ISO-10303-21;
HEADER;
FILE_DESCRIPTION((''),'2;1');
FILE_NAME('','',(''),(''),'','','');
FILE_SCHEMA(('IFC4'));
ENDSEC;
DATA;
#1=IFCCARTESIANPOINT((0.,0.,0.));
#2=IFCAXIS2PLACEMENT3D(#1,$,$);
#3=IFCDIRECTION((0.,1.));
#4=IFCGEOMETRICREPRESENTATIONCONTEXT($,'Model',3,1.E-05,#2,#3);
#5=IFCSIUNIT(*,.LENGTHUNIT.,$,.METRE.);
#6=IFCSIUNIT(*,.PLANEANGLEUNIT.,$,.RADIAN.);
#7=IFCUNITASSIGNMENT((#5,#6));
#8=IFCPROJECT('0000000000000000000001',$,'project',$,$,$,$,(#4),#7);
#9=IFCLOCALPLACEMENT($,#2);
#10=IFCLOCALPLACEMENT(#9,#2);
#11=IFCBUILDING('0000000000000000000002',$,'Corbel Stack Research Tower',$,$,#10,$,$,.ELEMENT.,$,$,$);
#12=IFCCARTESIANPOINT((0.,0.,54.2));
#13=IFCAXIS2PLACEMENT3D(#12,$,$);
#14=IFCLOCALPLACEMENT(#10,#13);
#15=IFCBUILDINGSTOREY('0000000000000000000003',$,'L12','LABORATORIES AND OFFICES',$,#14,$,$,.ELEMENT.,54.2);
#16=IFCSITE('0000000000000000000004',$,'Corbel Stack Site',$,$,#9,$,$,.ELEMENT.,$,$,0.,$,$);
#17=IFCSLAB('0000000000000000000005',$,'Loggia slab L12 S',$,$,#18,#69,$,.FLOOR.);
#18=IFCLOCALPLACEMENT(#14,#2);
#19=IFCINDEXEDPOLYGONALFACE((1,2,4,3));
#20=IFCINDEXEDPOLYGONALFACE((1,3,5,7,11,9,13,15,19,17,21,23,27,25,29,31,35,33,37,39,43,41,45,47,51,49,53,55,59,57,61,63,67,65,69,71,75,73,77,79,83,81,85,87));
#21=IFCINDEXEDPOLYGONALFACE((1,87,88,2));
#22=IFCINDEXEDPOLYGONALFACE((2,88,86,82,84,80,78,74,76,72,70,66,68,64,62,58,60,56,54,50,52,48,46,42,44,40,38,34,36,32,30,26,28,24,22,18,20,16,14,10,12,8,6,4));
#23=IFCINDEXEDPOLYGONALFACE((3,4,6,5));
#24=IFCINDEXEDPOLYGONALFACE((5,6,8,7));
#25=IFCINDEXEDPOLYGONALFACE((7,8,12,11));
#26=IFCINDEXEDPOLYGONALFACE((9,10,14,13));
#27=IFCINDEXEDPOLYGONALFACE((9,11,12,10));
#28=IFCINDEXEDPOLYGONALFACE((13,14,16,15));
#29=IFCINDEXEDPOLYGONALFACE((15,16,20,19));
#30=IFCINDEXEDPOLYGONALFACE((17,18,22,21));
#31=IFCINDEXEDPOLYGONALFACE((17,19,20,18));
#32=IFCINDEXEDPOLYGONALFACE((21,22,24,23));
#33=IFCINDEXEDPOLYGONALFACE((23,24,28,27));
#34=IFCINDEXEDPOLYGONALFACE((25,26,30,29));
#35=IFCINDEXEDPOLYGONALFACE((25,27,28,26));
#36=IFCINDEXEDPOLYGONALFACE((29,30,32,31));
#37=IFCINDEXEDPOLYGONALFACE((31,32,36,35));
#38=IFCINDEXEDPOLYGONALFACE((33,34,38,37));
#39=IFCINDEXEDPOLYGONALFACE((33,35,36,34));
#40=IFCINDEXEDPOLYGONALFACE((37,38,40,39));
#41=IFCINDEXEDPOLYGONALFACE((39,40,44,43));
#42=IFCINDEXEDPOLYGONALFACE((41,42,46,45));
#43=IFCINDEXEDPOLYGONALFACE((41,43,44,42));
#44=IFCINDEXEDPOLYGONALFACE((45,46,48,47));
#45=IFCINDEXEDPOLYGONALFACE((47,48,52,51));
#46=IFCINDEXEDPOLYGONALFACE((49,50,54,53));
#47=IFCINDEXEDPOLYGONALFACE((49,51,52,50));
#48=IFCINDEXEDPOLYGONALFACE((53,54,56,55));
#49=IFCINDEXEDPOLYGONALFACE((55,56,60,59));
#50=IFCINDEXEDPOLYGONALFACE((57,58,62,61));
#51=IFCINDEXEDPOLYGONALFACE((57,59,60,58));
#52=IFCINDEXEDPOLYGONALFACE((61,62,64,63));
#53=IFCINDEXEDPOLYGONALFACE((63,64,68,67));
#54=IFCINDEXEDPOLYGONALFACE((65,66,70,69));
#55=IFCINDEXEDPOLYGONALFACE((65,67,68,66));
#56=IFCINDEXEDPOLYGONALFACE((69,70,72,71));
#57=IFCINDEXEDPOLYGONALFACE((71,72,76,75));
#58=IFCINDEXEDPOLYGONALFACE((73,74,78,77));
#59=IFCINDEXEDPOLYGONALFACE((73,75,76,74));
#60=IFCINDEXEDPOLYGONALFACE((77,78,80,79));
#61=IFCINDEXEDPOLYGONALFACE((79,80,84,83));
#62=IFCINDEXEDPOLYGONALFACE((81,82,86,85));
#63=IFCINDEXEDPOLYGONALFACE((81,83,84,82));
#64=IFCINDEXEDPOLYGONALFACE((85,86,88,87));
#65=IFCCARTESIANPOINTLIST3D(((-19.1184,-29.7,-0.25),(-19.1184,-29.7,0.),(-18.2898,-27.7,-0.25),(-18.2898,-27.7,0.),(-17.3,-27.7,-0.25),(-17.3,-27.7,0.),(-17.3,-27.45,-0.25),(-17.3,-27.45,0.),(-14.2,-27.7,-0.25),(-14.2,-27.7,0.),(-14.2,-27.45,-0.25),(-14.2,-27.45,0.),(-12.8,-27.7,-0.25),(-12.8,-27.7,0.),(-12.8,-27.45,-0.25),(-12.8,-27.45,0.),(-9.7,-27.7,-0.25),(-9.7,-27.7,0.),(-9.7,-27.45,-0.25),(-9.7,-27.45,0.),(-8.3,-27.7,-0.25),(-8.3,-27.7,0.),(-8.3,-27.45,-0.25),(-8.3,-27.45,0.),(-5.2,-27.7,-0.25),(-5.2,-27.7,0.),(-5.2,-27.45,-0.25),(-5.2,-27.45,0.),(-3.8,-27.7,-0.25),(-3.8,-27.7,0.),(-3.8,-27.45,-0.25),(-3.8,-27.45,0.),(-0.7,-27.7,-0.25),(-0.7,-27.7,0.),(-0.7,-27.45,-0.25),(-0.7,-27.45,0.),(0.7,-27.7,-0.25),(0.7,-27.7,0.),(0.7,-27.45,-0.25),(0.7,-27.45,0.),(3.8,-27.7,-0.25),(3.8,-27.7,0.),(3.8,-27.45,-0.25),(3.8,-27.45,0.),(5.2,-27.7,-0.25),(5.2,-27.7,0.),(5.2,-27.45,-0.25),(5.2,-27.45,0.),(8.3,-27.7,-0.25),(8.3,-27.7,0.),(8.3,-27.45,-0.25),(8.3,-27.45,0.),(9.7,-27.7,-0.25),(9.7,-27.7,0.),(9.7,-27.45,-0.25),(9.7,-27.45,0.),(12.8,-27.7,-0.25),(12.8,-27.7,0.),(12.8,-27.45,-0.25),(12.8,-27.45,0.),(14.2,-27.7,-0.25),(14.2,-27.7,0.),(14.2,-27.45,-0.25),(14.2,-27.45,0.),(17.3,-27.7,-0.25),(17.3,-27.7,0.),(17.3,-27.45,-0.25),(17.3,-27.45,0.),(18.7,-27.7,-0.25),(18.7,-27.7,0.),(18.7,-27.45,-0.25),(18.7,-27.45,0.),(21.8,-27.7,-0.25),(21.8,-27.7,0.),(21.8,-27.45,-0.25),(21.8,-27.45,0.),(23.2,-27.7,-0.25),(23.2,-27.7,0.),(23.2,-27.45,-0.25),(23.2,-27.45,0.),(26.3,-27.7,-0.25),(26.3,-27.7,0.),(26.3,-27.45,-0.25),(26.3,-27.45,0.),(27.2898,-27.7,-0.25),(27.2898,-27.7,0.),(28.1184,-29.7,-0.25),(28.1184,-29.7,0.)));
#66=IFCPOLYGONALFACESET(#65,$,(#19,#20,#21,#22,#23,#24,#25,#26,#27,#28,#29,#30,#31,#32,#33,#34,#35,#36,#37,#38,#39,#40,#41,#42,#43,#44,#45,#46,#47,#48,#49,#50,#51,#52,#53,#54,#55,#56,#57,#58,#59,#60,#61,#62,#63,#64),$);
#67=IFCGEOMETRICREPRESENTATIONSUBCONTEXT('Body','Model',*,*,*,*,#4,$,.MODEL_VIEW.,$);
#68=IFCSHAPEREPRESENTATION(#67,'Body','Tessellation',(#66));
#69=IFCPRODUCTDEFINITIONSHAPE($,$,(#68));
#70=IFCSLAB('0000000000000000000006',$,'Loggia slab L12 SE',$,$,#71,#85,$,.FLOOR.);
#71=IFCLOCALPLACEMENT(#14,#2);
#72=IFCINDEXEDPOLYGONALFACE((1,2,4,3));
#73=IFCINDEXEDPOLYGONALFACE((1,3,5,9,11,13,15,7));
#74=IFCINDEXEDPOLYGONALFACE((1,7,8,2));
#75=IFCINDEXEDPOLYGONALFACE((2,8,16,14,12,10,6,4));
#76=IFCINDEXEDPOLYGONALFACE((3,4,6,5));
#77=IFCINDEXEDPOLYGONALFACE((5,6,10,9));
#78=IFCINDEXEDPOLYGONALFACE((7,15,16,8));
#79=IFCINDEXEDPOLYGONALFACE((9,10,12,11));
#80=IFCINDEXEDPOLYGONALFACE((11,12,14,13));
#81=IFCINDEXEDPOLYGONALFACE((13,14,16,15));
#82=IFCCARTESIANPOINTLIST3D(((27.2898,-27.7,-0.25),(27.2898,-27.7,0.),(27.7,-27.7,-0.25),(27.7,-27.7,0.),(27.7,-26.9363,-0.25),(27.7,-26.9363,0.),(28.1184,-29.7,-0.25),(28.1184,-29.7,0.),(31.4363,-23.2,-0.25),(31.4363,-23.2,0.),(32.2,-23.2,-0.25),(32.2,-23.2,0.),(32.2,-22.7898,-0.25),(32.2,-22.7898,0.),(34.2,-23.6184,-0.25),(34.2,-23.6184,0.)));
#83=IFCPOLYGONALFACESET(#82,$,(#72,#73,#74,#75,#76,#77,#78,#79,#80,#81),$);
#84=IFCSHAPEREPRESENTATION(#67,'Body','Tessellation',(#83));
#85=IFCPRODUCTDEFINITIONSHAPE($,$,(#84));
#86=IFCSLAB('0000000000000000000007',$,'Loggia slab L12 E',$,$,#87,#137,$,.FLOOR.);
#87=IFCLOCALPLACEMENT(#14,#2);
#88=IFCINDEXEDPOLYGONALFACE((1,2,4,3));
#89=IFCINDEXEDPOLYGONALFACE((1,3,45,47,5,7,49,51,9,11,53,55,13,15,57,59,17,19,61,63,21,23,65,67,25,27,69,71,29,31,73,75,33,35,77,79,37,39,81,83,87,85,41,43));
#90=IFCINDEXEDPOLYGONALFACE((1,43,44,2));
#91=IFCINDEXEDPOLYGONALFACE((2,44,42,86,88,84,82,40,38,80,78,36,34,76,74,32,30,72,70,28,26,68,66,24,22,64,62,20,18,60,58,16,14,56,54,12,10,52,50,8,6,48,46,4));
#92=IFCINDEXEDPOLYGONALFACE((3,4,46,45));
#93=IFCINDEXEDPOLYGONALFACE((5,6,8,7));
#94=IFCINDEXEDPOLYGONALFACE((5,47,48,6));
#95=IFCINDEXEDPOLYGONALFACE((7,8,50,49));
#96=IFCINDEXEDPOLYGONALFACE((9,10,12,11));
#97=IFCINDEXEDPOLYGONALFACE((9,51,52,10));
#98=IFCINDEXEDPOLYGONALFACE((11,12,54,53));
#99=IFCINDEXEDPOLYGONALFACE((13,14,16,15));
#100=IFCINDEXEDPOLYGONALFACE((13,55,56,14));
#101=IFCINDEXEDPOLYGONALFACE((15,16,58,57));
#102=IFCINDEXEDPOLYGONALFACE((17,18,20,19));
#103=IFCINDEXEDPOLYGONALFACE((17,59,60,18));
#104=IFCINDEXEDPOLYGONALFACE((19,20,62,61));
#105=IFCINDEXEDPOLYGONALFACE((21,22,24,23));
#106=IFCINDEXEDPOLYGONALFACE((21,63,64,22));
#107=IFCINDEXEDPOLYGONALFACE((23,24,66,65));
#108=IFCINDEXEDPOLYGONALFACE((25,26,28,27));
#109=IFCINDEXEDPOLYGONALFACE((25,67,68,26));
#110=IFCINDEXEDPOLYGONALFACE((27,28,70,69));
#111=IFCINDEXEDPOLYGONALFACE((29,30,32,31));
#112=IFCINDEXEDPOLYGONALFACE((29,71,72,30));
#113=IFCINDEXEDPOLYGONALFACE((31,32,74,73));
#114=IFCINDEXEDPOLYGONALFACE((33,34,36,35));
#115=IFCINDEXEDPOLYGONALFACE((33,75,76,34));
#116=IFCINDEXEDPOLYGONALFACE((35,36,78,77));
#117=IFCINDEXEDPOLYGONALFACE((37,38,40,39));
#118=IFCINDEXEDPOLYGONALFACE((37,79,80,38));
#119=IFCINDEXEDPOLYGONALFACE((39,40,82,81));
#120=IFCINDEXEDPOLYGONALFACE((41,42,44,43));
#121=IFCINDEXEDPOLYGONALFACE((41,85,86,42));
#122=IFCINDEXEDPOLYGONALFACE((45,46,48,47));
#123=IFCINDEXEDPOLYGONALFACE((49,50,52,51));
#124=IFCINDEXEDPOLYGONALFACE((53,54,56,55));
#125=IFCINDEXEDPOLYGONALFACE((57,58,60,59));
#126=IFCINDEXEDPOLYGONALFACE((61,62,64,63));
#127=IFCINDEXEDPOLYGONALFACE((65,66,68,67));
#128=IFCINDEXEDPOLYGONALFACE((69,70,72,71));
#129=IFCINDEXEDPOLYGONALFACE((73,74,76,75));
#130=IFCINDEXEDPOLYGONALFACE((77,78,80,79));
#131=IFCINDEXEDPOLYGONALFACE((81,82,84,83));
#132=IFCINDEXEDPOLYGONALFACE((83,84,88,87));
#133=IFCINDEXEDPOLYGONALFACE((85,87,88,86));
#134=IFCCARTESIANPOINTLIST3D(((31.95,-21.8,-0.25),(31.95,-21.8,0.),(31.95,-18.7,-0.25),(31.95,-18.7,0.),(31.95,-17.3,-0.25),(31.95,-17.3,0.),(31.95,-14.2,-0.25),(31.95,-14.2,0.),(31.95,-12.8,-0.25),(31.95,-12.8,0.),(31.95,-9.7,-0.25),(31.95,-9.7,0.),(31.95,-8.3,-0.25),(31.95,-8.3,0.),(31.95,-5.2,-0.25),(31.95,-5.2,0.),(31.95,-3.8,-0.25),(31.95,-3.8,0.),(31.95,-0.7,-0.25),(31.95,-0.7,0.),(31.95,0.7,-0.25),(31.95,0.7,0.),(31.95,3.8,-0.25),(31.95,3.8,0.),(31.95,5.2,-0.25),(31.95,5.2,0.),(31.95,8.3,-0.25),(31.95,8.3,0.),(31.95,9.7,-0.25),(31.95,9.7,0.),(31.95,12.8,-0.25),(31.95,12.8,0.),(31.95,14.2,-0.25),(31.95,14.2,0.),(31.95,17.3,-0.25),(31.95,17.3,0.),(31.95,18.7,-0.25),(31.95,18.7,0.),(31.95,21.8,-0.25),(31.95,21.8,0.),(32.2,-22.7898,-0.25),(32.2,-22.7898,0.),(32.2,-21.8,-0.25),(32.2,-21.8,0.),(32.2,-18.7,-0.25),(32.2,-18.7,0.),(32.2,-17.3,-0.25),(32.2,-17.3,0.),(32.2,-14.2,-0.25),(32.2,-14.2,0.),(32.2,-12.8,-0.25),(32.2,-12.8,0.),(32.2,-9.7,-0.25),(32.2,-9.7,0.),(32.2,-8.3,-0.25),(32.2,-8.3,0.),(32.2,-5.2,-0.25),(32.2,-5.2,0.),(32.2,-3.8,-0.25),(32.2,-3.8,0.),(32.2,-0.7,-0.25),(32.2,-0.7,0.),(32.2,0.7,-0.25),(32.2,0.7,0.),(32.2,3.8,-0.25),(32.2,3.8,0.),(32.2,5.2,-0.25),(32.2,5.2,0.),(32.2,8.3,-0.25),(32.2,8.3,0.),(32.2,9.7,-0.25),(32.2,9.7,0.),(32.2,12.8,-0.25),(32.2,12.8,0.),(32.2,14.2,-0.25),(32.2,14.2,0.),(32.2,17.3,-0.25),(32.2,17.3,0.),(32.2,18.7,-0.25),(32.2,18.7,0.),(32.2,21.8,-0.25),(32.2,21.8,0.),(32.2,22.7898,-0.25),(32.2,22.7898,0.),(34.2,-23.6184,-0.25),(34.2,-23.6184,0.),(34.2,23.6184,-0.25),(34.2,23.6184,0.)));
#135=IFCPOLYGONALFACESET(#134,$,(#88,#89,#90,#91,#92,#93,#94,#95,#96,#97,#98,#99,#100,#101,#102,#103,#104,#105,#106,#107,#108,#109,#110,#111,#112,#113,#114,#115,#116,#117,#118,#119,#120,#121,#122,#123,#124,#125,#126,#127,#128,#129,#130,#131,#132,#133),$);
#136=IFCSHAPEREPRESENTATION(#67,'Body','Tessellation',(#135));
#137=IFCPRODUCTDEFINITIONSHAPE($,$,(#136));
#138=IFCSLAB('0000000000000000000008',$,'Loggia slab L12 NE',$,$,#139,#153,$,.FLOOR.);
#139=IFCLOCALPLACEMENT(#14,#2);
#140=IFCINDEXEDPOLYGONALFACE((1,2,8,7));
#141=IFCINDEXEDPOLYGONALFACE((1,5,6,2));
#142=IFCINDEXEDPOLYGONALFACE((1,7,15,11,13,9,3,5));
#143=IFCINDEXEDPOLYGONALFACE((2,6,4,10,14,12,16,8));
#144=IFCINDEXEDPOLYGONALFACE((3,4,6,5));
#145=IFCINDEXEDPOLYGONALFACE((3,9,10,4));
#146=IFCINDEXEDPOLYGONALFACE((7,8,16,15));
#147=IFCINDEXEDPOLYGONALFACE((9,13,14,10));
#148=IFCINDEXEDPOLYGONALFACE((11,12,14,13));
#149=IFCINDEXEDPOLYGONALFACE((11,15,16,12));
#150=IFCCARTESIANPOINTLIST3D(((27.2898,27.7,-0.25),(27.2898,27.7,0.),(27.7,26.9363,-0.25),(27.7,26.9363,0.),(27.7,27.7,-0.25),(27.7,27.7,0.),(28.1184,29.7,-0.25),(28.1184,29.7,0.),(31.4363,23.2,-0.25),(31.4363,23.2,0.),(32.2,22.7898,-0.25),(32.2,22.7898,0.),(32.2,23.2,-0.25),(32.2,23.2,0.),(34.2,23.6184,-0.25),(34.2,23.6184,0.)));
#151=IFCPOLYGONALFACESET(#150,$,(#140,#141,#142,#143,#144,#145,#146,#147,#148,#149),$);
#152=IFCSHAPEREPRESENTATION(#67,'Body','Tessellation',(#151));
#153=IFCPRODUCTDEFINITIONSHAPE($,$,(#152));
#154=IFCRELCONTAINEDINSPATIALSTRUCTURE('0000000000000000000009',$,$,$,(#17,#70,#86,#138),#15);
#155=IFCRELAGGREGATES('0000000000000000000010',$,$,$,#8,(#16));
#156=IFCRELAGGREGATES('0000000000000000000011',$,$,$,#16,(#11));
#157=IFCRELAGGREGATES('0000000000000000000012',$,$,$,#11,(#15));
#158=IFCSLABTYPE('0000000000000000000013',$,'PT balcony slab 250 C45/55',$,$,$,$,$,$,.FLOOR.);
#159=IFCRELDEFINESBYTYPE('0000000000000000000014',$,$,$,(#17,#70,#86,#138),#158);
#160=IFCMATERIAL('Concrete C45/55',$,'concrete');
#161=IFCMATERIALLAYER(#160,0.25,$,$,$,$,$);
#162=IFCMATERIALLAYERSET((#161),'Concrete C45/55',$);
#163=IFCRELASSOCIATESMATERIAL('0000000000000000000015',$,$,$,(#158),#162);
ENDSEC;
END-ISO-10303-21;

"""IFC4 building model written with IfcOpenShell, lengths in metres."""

from ifc_helpers import new_model, si_unit, direction, frame, origin, place, context, subcontext, project, spatial, polyline, outline, extrude, material, layer, layer_set, type_object, element, save


model = new_model("IFC4")

# Units and contexts
model_context = context("Model", 3, precision=1e-05, world=origin(), true_north=direction((0.0, 1.0)))
body_context = subcontext(model_context, "Body", "Model", "MODEL_VIEW")
ifc_project = project(units=[si_unit("LENGTHUNIT", "METRE"), si_unit("PLANEANGLEUNIT", "RADIAN")], contexts=[model_context])

# Site, building, storey
site_placement = place(None, origin())
site = spatial("IfcSite", under=ifc_project, at=site_placement, Name="Corbel Stack Site", CompositionType="ELEMENT", RefElevation=0.0)
building_placement = place(site_placement, origin())
building = spatial("IfcBuilding", under=site, at=building_placement, Name="Corbel Stack Research Tower", CompositionType="ELEMENT")
storey_placement = place(building_placement, frame((0.0, 0.0, 54.2)))
storey = spatial("IfcBuildingStorey", under=building, at=storey_placement, Name="L12", Description="LABORATORIES AND OFFICES", CompositionType="ELEMENT", Elevation=54.2)

# Slabs
ifc_material_1 = material(Name="Concrete C45/55", Category="concrete")
ifc_layer_1 = layer(ifc_material_1, 0.25)
ifc_layer_set_1 = layer_set([ifc_layer_1], Name="Concrete C45/55")
slab_type_1 = type_object("IfcSlabType", Name="PT balcony slab 250 C45/55", PredefinedType="FLOOR", material=ifc_layer_set_1)
slab_1_placement = place(storey_placement, frame((0.0, 0.0, -0.25)))
element("IfcSlab", 1, at=slab_1_placement, inside=storey, type_object=slab_type_1, Name="Loggia slab L12 S", PredefinedType="FLOOR", context=body_context, shape_type="SweptSolid", body=[
    extrude(outline(polyline([(27.2898, -27.7), (26.3, -27.7), (26.3, -27.45), (23.2, -27.45), (23.2, -27.7), (21.8, -27.7), (21.8, -27.45), (18.7, -27.45), (18.7, -27.7), (17.3, -27.7), (17.3, -27.45), (14.2, -27.45), (14.2, -27.7), (12.8, -27.7), (12.8, -27.45), (9.7, -27.45), (9.7, -27.7), (8.3, -27.7), (8.3, -27.45), (5.2, -27.45), (5.2, -27.7), (3.8, -27.7), (3.8, -27.45), (0.7, -27.45), (0.7, -27.7), (-0.7, -27.7), (-0.7, -27.45), (-3.8, -27.45), (-3.8, -27.7), (-5.2, -27.7), (-5.2, -27.45), (-8.3, -27.45), (-8.3, -27.7), (-9.7, -27.7), (-9.7, -27.45), (-12.8, -27.45), (-12.8, -27.7), (-14.2, -27.7), (-14.2, -27.45), (-17.3, -27.45), (-17.3, -27.7), (-18.2898, -27.7), (-19.1184, -29.7), (28.1184, -29.7), (27.2898, -27.7)])), origin(), (0.0, 0.0, 1.0), 0.25),
])
slab_2_placement = place(storey_placement, frame((0.0, 0.0, -0.25)))
element("IfcSlab", 2, at=slab_2_placement, inside=storey, type_object=slab_type_1, Name="Loggia slab L12 SE", PredefinedType="FLOOR", context=body_context, shape_type="SweptSolid", body=[
    extrude(outline(polyline([(32.2, -22.7898), (32.2, -23.2), (31.4363, -23.2), (27.7, -26.9363), (27.7, -27.7), (27.2898, -27.7), (28.1184, -29.7), (34.2, -23.6184), (32.2, -22.7898)])), origin(), (0.0, 0.0, 1.0), 0.25),
])
slab_3_placement = place(storey_placement, frame((0.0, 0.0, -0.25)))
element("IfcSlab", 3, at=slab_3_placement, inside=storey, type_object=slab_type_1, Name="Loggia slab L12 E", PredefinedType="FLOOR", context=body_context, shape_type="SweptSolid", body=[
    extrude(outline(polyline([(32.2, 22.7898), (32.2, 21.8), (31.95, 21.8), (31.95, 18.7), (32.2, 18.7), (32.2, 17.3), (31.95, 17.3), (31.95, 14.2), (32.2, 14.2), (32.2, 12.8), (31.95, 12.8), (31.95, 9.7), (32.2, 9.7), (32.2, 8.3), (31.95, 8.3), (31.95, 5.2), (32.2, 5.2), (32.2, 3.8), (31.95, 3.8), (31.95, 0.7), (32.2, 0.7), (32.2, -0.7), (31.95, -0.7), (31.95, -3.8), (32.2, -3.8), (32.2, -5.2), (31.95, -5.2), (31.95, -8.3), (32.2, -8.3), (32.2, -9.7), (31.95, -9.7), (31.95, -12.8), (32.2, -12.8), (32.2, -14.2), (31.95, -14.2), (31.95, -17.3), (32.2, -17.3), (32.2, -18.7), (31.95, -18.7), (31.95, -21.8), (32.2, -21.8), (32.2, -22.7898), (34.2, -23.6184), (34.2, 23.6184), (32.2, 22.7898)])), origin(), (0.0, 0.0, 1.0), 0.25),
])
slab_4_placement = place(storey_placement, frame((0.0, 0.0, -0.25)))
element("IfcSlab", 4, at=slab_4_placement, inside=storey, type_object=slab_type_1, Name="Loggia slab L12 NE", PredefinedType="FLOOR", context=body_context, shape_type="SweptSolid", body=[
    extrude(outline(polyline([(27.2898, 27.7), (27.7, 27.7), (27.7, 26.9363), (31.4363, 23.2), (32.2, 23.2), (32.2, 22.7898), (34.2, 23.6184), (28.1184, 29.7), (27.2898, 27.7)])), origin(), (0.0, 0.0, 1.0), 0.25),
])

save(model, "model.ifc")
